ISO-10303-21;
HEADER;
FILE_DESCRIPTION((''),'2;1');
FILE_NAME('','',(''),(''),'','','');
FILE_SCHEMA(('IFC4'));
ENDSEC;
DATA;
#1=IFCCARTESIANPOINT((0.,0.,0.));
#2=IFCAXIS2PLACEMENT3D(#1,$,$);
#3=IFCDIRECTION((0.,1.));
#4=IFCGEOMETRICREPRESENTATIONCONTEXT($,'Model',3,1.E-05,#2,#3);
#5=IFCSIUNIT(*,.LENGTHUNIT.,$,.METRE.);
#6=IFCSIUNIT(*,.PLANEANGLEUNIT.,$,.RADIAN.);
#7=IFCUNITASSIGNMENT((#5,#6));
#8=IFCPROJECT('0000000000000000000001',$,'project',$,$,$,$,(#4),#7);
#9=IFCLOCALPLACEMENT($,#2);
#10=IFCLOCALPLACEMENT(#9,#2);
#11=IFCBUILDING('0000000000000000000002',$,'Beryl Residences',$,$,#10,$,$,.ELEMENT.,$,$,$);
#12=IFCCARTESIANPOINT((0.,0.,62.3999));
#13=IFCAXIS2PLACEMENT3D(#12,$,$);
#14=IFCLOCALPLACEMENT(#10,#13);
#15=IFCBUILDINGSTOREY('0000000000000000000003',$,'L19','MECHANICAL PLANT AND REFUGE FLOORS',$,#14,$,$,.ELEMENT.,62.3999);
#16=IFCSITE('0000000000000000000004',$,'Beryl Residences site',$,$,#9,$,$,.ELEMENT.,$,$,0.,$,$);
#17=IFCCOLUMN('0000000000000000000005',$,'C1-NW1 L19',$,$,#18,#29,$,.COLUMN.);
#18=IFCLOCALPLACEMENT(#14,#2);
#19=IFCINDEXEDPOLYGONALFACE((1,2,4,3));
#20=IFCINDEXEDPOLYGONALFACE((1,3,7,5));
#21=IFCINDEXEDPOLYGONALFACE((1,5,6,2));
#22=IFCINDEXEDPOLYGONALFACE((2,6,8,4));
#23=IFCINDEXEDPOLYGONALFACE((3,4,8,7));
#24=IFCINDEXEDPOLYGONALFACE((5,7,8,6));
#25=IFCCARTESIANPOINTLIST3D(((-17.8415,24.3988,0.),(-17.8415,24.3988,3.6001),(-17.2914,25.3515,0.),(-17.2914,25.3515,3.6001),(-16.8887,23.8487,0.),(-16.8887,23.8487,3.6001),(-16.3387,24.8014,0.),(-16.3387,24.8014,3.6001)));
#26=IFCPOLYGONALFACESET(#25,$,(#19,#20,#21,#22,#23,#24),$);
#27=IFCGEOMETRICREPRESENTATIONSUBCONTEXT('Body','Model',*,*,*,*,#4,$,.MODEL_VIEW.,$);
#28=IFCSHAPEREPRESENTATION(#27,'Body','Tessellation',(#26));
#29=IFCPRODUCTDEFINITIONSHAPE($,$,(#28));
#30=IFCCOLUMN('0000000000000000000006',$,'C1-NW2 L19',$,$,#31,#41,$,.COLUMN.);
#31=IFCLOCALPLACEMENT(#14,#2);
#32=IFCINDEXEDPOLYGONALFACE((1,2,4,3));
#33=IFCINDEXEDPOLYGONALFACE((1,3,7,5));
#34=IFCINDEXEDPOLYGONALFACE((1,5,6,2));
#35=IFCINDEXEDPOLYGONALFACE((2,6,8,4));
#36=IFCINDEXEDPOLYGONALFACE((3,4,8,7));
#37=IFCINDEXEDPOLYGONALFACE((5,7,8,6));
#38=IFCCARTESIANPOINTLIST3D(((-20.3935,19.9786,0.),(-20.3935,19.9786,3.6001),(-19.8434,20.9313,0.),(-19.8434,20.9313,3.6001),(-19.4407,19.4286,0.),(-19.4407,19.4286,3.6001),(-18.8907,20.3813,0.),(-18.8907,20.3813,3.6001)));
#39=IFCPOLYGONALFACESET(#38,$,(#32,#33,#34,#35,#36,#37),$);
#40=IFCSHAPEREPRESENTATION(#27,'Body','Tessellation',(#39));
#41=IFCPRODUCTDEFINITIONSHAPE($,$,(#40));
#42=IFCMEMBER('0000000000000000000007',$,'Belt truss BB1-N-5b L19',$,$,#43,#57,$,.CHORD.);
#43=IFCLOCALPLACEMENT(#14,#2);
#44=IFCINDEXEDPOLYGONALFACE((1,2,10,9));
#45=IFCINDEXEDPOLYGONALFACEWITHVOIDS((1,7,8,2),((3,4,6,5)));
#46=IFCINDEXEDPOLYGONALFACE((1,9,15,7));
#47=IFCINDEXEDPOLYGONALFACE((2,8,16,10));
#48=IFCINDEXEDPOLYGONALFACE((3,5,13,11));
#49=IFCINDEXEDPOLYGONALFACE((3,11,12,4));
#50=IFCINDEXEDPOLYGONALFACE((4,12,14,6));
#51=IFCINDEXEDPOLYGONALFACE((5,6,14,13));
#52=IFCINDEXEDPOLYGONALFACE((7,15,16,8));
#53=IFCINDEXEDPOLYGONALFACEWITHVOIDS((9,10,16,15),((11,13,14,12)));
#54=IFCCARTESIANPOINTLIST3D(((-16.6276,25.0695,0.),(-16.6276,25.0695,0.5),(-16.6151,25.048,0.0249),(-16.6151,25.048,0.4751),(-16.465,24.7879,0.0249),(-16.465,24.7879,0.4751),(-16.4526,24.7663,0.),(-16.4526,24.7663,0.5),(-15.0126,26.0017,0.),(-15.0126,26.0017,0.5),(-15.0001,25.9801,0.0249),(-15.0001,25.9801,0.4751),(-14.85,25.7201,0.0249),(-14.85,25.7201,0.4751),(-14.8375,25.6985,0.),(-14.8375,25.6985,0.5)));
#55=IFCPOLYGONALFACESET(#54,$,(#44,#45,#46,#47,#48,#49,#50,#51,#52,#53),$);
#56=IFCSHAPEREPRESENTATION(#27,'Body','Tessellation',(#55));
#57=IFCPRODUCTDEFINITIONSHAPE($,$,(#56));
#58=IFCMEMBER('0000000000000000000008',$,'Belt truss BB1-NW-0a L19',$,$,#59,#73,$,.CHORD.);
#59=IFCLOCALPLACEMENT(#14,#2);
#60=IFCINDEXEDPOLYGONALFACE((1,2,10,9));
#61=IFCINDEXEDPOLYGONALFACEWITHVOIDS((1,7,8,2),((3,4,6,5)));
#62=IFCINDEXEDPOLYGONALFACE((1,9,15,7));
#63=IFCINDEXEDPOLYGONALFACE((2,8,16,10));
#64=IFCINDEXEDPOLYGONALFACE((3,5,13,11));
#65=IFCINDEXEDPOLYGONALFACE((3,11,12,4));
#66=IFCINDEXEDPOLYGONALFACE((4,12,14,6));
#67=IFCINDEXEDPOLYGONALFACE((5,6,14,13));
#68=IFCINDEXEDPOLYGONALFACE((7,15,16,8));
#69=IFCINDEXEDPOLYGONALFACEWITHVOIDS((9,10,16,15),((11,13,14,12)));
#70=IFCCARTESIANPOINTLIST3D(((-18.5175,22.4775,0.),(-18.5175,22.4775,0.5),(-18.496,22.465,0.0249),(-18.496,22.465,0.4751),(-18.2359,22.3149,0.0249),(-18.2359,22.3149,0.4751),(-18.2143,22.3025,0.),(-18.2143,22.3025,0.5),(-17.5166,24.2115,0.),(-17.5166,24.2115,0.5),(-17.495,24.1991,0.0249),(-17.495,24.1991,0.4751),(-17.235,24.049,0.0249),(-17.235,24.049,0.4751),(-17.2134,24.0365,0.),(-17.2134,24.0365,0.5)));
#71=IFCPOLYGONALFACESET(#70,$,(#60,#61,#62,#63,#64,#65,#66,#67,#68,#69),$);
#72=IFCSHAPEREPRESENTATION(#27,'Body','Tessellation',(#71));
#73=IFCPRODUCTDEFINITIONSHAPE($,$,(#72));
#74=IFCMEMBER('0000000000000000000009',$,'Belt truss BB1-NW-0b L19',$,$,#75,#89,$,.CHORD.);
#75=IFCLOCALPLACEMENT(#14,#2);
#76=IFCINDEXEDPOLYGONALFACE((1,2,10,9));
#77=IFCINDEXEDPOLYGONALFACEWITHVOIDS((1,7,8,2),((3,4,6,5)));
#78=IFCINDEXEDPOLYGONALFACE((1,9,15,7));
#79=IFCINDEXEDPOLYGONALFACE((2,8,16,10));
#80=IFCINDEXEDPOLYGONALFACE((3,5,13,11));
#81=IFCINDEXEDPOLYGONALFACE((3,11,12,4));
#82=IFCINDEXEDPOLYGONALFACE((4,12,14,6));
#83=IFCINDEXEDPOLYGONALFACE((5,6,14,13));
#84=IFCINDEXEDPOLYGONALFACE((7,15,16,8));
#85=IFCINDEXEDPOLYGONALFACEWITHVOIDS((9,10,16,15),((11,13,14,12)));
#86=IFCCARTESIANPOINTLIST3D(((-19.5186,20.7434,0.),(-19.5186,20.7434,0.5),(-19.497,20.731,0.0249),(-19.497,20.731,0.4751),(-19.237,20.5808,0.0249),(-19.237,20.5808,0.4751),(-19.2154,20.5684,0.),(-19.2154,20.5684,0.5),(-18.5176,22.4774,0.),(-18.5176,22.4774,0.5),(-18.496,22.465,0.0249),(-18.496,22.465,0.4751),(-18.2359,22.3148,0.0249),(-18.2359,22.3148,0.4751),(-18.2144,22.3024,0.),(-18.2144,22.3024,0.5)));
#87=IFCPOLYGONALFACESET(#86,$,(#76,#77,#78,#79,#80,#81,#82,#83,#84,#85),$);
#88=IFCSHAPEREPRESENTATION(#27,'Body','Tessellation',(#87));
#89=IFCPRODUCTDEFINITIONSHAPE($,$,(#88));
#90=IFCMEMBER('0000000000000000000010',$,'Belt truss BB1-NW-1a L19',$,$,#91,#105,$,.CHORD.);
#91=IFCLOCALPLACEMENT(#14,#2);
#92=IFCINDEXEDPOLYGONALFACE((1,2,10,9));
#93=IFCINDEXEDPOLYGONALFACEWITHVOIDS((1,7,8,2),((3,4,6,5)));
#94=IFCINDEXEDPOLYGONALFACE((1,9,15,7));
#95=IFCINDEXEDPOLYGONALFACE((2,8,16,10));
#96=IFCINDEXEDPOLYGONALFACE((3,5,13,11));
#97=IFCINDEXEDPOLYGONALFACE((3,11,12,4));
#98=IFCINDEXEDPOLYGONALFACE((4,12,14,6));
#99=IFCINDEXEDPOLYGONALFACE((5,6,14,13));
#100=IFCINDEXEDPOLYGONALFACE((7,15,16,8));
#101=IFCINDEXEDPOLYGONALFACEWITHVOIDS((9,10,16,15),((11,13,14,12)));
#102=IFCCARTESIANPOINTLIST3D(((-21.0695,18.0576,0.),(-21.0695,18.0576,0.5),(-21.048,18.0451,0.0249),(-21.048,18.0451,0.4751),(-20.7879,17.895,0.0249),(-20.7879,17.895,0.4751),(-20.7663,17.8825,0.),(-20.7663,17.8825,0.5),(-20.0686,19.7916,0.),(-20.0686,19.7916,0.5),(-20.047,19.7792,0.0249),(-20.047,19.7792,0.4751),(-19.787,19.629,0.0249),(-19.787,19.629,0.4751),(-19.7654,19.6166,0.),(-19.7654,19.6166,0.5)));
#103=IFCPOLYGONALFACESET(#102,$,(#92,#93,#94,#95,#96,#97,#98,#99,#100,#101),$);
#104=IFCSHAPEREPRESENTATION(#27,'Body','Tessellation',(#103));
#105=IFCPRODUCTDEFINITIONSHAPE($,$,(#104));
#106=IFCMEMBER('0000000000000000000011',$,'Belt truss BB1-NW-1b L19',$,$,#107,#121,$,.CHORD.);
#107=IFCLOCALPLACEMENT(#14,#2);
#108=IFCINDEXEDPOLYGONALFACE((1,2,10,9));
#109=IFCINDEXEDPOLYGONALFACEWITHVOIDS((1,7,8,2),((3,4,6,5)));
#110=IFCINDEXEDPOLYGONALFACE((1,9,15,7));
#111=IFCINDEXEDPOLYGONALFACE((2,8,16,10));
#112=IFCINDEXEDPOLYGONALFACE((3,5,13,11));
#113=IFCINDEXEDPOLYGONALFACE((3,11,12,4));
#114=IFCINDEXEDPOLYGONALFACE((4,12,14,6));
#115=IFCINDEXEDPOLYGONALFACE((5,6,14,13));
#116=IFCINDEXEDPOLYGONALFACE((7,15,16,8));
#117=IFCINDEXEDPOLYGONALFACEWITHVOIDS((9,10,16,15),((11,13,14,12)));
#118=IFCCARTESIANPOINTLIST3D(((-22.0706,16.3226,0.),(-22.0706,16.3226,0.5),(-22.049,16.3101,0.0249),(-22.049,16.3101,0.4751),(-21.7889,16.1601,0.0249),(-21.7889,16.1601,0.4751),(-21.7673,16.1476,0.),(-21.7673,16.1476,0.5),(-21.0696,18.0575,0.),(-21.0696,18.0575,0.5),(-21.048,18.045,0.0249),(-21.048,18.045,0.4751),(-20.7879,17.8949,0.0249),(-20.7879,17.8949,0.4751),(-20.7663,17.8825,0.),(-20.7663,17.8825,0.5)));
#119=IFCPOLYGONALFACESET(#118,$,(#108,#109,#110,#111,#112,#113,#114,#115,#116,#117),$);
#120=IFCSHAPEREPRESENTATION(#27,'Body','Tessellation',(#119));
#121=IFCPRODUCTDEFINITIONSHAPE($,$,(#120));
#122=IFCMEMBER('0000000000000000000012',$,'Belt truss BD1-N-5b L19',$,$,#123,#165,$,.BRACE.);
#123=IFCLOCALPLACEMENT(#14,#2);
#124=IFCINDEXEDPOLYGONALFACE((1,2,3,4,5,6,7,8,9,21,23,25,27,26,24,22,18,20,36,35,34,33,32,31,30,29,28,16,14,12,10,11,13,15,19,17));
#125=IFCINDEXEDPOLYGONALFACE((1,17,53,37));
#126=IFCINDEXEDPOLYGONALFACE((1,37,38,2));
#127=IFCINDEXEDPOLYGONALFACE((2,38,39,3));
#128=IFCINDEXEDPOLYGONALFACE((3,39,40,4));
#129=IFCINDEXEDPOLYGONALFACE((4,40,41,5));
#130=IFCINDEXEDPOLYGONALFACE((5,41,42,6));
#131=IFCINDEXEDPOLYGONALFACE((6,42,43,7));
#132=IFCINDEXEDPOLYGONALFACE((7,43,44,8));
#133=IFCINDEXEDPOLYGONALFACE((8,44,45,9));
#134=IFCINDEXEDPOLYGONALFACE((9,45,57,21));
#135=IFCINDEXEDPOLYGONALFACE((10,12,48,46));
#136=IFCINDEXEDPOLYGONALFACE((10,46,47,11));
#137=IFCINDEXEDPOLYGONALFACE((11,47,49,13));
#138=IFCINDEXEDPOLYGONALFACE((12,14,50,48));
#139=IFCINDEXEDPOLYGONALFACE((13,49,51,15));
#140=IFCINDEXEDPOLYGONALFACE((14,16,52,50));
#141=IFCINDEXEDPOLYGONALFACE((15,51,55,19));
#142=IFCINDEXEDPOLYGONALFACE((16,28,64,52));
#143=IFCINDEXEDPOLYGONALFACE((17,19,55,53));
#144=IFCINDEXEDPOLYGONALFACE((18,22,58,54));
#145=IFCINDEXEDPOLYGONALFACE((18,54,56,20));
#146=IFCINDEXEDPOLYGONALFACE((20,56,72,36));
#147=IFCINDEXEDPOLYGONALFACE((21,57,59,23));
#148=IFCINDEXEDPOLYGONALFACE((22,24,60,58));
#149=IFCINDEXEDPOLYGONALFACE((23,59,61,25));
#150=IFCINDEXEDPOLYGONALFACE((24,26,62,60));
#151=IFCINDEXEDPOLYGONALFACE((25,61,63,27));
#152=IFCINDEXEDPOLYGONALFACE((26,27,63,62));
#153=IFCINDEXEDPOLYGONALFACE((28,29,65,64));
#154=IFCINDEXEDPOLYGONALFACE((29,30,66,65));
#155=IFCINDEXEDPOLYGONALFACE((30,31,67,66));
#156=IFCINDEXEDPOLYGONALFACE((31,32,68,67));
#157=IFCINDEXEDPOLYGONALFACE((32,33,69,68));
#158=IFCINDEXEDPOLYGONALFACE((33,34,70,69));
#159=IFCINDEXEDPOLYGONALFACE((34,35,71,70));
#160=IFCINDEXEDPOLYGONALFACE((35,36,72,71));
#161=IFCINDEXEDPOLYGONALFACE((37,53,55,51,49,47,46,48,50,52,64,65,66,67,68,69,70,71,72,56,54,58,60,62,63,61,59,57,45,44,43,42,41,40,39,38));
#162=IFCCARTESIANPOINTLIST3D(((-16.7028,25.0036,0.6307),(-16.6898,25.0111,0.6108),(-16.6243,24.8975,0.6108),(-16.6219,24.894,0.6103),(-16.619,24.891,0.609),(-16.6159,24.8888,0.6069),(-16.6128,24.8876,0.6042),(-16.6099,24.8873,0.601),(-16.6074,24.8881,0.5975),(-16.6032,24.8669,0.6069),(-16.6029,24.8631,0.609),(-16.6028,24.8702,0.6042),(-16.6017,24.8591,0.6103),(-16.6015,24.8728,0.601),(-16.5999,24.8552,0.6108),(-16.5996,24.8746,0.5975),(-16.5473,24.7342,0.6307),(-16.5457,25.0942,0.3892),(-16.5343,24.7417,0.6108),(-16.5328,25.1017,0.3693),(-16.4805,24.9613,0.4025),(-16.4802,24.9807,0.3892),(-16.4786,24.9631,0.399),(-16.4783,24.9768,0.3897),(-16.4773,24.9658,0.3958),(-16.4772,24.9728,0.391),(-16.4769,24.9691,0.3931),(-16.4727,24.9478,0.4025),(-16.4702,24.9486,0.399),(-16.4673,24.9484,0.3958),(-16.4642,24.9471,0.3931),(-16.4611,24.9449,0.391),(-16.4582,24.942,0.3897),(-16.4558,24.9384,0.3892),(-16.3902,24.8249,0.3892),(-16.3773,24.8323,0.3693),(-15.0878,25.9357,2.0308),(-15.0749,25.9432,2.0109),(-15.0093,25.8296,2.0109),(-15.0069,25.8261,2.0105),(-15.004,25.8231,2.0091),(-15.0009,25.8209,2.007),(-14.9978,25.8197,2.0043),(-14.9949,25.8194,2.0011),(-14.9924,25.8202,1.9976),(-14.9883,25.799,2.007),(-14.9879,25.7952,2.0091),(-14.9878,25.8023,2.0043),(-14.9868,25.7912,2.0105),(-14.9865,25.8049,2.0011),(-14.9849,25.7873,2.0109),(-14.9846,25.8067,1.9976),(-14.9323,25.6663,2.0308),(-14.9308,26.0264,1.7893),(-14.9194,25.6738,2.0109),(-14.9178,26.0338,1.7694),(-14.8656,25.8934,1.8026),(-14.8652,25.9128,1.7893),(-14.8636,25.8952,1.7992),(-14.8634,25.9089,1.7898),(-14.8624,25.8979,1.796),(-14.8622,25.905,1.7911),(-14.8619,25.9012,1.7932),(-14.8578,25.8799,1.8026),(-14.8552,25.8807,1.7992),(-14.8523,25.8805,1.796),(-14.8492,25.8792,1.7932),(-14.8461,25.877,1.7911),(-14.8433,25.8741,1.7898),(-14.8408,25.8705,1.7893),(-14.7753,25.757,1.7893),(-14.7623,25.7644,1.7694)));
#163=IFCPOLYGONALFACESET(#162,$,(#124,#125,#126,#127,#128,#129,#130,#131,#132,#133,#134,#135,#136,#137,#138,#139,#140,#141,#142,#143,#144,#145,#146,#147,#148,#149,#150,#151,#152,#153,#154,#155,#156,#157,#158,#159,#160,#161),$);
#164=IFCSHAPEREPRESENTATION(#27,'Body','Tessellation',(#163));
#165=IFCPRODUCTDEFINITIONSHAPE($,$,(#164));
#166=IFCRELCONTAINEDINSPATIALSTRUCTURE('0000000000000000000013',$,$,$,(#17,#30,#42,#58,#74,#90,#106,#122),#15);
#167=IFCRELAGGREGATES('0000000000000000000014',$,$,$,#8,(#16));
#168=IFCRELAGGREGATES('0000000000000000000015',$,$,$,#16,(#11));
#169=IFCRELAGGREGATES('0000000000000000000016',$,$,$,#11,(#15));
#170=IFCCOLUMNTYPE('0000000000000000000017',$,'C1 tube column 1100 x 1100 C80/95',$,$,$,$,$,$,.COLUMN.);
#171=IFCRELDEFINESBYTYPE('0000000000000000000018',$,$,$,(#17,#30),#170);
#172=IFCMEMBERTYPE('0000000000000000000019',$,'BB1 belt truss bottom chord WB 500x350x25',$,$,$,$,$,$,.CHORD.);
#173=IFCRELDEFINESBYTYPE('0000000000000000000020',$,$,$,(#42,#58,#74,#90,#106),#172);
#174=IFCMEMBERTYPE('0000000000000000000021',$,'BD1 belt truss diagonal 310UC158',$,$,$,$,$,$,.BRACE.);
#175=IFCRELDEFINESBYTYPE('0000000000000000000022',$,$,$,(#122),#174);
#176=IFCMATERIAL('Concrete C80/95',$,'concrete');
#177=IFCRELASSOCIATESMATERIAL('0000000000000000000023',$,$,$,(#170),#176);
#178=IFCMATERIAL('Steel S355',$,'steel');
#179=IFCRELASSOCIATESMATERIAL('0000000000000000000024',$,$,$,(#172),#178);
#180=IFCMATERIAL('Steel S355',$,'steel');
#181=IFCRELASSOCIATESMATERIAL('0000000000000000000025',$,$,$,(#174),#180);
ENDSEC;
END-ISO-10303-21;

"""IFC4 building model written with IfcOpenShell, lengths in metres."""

from ifc_helpers import new_model, si_unit, direction, frame, origin, origin_2d, place, context, subcontext, project, spatial, rectangle, hollow_rectangle, i_section, extrude, material, material_profile, profile_set, type_object, element, save


model = new_model("IFC4")

# Units and contexts
model_context = context("Model", 3, precision=1e-05, world=origin(), true_north=direction((0.0, 1.0)))
body_context = subcontext(model_context, "Body", "Model", "MODEL_VIEW")
ifc_project = project(units=[si_unit("LENGTHUNIT", "METRE"), si_unit("PLANEANGLEUNIT", "RADIAN")], contexts=[model_context])

# Site, building, storey
site_placement = place(None, origin())
site = spatial("IfcSite", under=ifc_project, at=site_placement, Name="Beryl Residences site", CompositionType="ELEMENT", RefElevation=0.0)
building_placement = place(site_placement, origin())
building = spatial("IfcBuilding", under=site, at=building_placement, Name="Beryl Residences", CompositionType="ELEMENT")
storey_placement = place(building_placement, frame((0.0, 0.0, 62.3999)))
storey = spatial("IfcBuildingStorey", under=building, at=storey_placement, Name="L19", Description="MECHANICAL PLANT AND REFUGE FLOORS", CompositionType="ELEMENT", Elevation=62.3999)

# Columns
ifc_material_1 = material(Name="Concrete C80/95", Category="concrete")
ifc_material_profile_1 = material_profile(ifc_material_1, rectangle(XDim=1.1001, YDim=1.1001, at=origin_2d()))
ifc_profile_set_1 = profile_set([ifc_material_profile_1], Name="Concrete C80/95")
column_type = type_object("IfcColumnType", Name="C1 tube column 1100 x 1100 C80/95", PredefinedType="COLUMN", material=ifc_profile_set_1)
for number, where, z_axis, x_axis, name in (
    (1, (-17.0901, 24.6001, 0.0), (0.0, 0.0, 1.0), (-0.499985, -0.866034, 0.0), "C1-NW1 L19"),
    (2, (-19.6421, 20.1799, 0.0), (0.0, 0.0, 1.0), (-0.499985, -0.866034, 0.0), "C1-NW2 L19"),
):
    element("IfcColumn", number, at=place(storey_placement, frame(where, z_axis=z_axis, x_axis=x_axis)), inside=storey, type_object=column_type, Name=name, PredefinedType="COLUMN", context=body_context, shape_type="SweptSolid", body=[
        extrude(rectangle(XDim=1.1001, YDim=1.1001, at=origin_2d()), origin(), (0.0, 0.0, 1.0), 3.6001),
    ])

# Members
ifc_material_2 = material(Name="Steel S355", Category="steel")
ifc_material_profile_2 = material_profile(ifc_material_2, hollow_rectangle(XDim=0.3501, YDim=0.5, WallThickness=0.0249, at=origin_2d()))
ifc_profile_set_2 = profile_set([ifc_material_profile_2], Name="Steel S355")
member_type_1 = type_object("IfcMemberType", Name="BB1 belt truss bottom chord WB 500x350x25", PredefinedType="CHORD", material=ifc_profile_set_2)
member_1_placement = place(storey_placement, frame((-14.925, 25.8501, 0.25), z_axis=(-0.866092, -0.499885, 0.0), x_axis=(0.499885, -0.866092, 0.0)))
element("IfcMember", 3, at=member_1_placement, inside=storey, type_object=member_type_1, Name="Belt truss BB1-N-5b L19", PredefinedType="CHORD", context=body_context, shape_type="SweptSolid", body=[
    extrude(hollow_rectangle(XDim=0.3501, YDim=0.5, WallThickness=0.0249, at=origin_2d()), origin(), (0.0, 0.0, 1.0), 1.8647),
])
for number, where, z_axis, x_axis, name in (
    (4, (-17.365, 24.124, 0.25), (-0.499916, -0.866074, 0.0), (0.866074, -0.499916, 0.0), "Belt truss BB1-NW-0a L19"),
    (5, (-18.366, 22.3899, 0.25), (-0.499969, -0.866043, 0.0), (0.866043, -0.499969, 0.0), "Belt truss BB1-NW-0b L19"),
    (6, (-19.917, 19.7041, 0.25), (-0.499916, -0.866074, 0.0), (0.866074, -0.499916, 0.0), "Belt truss BB1-NW-1a L19"),
):
    element("IfcMember", number, at=place(storey_placement, frame(where, z_axis=z_axis, x_axis=x_axis)), inside=storey, type_object=member_type_1, Name=name, PredefinedType="CHORD", context=body_context, shape_type="SweptSolid", body=[
        extrude(hollow_rectangle(XDim=0.3501, YDim=0.5, WallThickness=0.0249, at=origin_2d()), origin(), (0.0, 0.0, 1.0), 2.0022),
    ])
member_2_placement = place(storey_placement, frame((-20.918, 17.97, 0.25), z_axis=(-0.499758, -0.866165, 0.0), x_axis=(0.866165, -0.499758, 0.0)))
element("IfcMember", 7, at=member_2_placement, inside=storey, type_object=member_type_1, Name="Belt truss BB1-NW-1b L19", PredefinedType="CHORD", context=body_context, shape_type="SweptSolid", body=[
    extrude(hollow_rectangle(XDim=0.3501, YDim=0.5, WallThickness=0.0249, at=origin_2d()), origin(), (0.0, 0.0, 1.0), 2.0029),
])
ifc_material_3 = material(Name="Steel S355", Category="steel")
ifc_material_profile_3 = material_profile(ifc_material_3, i_section(OverallWidth=0.311, OverallDepth=0.3269, WebThickness=0.0156, FlangeThickness=0.0249, FilletRadius=0.0166, at=origin_2d()))
ifc_profile_set_3 = profile_set([ifc_material_profile_3], Name="Steel S355")
member_type_2 = type_object("IfcMemberType", Name="BD1 belt truss diagonal 310UC158", PredefinedType="BRACE", material=ifc_profile_set_3)
member_3_placement = place(storey_placement, frame((-16.54, 24.918, 0.5), z_axis=(0.692583, 0.39974, 0.600448), x_axis=(-0.499885, 0.866092, 0.0)))
element("IfcMember", 8, at=member_3_placement, inside=storey, type_object=member_type_2, Name="Belt truss BD1-N-5b L19", PredefinedType="BRACE", context=body_context, shape_type="SweptSolid", body=[
    extrude(i_section(OverallWidth=0.311, OverallDepth=0.3269, WebThickness=0.0156, FlangeThickness=0.0249, FilletRadius=0.0166, at=origin_2d()), origin(), (0.0, 0.0, 1.0), 2.3318),
])

save(model, "model.ifc")
